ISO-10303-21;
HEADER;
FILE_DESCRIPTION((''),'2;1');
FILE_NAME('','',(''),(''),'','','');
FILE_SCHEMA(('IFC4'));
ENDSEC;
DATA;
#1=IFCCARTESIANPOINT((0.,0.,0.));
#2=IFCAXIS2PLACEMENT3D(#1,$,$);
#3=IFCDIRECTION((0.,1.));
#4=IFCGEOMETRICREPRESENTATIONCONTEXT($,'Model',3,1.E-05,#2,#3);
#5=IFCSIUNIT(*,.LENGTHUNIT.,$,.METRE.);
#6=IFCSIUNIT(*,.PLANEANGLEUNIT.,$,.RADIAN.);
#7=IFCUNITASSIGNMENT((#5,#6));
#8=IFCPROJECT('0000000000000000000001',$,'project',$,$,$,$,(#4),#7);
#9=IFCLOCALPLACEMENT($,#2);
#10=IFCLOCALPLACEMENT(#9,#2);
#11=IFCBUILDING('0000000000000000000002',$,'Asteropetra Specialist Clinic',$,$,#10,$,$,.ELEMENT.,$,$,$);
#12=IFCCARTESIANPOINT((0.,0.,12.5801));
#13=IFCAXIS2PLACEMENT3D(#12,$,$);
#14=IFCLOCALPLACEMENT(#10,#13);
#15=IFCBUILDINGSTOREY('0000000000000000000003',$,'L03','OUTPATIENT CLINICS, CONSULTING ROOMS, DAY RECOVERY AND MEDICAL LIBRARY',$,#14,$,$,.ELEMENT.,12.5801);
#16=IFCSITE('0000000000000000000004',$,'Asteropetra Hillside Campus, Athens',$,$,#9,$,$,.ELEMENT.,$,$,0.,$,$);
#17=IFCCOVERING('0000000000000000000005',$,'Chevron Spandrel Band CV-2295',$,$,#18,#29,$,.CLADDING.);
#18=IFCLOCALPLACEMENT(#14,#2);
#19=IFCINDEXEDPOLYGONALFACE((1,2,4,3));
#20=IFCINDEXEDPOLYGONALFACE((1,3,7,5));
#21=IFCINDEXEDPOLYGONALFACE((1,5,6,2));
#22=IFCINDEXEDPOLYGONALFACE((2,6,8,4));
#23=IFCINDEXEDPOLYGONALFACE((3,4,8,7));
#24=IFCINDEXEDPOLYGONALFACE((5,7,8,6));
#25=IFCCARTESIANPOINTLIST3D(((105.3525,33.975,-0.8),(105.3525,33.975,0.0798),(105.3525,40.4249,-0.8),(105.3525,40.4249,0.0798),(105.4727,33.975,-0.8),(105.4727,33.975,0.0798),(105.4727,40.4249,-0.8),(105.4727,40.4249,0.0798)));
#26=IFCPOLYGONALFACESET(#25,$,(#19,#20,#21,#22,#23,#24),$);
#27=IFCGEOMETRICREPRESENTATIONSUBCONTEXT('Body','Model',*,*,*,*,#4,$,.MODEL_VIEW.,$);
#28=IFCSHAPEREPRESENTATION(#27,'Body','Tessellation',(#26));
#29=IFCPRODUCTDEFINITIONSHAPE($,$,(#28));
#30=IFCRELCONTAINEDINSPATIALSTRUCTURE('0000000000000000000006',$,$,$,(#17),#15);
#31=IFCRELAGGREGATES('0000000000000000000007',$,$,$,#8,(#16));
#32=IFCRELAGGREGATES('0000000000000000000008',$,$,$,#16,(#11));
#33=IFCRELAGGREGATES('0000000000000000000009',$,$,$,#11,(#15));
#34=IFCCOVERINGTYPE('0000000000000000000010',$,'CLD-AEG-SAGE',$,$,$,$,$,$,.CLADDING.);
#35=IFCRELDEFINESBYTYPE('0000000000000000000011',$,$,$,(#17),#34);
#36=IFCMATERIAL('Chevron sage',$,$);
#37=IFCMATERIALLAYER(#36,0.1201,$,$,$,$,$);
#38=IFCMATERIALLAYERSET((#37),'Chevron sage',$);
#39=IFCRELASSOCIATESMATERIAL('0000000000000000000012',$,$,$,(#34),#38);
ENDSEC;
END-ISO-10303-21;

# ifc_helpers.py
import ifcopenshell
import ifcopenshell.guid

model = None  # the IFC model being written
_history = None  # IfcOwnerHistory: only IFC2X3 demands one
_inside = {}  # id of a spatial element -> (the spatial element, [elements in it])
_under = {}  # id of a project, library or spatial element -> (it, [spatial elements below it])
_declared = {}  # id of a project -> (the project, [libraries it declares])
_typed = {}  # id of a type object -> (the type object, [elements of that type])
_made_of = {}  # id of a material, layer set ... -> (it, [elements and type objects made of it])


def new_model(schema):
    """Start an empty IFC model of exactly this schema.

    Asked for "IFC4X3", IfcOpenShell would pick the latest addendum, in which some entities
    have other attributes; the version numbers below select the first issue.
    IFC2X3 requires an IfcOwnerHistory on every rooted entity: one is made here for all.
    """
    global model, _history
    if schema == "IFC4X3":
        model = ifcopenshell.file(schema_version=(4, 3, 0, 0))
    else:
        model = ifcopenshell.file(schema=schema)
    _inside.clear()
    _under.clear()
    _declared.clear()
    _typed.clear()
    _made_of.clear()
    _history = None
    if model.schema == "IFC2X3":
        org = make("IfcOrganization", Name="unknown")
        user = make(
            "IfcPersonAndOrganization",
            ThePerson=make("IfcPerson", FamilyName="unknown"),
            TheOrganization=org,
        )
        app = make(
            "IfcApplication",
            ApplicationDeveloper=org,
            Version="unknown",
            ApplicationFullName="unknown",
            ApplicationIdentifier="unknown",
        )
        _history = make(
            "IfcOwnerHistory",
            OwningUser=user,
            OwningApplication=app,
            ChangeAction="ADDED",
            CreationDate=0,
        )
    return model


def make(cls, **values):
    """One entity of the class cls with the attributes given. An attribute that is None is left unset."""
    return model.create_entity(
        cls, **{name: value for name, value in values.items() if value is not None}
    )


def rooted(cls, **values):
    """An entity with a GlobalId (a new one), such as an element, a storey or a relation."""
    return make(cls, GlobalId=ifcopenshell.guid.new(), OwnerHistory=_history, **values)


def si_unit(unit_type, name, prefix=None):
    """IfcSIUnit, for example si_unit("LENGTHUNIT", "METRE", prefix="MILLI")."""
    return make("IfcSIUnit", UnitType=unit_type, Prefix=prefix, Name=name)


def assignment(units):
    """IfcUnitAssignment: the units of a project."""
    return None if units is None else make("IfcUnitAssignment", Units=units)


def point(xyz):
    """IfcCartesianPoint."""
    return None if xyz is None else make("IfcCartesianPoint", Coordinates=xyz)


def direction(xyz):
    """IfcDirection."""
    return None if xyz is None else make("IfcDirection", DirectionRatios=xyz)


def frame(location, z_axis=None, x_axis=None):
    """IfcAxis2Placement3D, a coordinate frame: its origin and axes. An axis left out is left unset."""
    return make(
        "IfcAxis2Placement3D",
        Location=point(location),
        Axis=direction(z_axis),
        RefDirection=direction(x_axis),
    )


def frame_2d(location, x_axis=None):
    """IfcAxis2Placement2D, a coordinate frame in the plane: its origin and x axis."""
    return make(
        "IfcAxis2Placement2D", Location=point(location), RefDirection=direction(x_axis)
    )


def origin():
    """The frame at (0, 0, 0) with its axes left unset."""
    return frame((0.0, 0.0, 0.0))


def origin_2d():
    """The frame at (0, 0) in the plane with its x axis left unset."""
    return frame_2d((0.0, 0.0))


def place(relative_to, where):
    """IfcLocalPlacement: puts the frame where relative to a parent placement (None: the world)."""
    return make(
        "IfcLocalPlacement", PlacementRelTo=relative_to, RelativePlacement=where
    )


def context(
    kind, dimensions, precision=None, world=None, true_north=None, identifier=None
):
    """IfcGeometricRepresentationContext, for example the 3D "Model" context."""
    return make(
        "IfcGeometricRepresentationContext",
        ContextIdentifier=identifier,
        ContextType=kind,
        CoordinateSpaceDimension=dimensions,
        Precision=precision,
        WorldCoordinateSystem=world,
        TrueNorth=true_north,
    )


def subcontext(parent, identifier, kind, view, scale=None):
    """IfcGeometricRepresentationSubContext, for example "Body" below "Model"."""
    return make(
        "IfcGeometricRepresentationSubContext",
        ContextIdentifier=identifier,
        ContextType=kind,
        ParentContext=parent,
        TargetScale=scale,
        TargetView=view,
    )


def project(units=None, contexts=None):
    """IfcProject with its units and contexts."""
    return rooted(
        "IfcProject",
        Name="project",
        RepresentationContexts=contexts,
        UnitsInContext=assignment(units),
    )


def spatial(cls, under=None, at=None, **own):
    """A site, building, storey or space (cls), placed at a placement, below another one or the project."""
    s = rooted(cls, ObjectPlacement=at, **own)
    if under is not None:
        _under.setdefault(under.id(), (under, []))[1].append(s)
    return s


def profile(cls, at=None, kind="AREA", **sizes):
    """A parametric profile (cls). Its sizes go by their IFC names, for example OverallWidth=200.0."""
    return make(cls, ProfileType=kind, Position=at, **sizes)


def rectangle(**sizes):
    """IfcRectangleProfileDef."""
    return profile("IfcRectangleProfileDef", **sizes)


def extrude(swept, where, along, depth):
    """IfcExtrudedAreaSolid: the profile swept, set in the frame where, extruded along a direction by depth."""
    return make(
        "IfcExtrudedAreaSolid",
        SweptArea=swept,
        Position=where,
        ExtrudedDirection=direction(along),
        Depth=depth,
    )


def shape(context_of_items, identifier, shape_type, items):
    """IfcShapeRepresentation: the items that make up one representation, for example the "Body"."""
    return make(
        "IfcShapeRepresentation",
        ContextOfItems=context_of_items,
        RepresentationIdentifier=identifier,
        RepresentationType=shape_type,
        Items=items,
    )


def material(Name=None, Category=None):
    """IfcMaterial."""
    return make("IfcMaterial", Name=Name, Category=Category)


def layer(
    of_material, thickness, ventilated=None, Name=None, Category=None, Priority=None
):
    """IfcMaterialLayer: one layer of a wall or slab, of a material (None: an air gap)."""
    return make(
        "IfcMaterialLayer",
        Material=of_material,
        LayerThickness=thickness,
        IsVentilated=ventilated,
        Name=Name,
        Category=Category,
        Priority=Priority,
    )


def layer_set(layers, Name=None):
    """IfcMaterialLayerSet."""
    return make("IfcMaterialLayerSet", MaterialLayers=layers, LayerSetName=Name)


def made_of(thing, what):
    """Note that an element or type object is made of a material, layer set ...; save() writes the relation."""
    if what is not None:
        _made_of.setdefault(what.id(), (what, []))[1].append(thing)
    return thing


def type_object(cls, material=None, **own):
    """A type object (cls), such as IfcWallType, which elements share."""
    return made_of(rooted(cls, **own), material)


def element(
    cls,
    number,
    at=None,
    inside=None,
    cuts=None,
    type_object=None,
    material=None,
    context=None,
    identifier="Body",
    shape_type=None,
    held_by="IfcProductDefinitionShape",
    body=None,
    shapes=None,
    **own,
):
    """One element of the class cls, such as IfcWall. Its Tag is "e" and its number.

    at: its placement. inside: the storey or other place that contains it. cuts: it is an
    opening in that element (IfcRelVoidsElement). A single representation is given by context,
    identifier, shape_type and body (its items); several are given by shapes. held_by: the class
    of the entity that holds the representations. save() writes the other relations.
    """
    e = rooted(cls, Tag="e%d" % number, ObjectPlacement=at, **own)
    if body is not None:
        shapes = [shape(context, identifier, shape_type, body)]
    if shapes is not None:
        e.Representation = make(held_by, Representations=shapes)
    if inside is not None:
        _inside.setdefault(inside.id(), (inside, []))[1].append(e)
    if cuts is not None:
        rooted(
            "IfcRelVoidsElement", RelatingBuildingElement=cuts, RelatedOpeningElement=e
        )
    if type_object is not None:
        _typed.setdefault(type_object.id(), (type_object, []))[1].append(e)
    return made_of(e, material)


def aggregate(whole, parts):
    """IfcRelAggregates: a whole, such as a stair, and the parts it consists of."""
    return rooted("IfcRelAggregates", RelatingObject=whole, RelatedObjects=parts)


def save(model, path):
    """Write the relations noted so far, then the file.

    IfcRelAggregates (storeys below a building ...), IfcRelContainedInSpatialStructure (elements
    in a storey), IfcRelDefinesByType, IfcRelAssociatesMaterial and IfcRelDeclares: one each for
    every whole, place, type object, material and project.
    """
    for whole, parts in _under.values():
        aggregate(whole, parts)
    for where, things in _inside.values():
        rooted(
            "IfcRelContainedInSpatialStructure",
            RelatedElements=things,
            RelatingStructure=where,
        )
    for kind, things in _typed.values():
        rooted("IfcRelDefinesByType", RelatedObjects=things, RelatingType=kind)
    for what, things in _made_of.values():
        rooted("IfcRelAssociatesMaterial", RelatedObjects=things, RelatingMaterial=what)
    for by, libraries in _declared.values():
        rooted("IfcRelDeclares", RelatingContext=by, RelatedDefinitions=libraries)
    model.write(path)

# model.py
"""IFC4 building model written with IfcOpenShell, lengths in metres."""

from ifc_helpers import new_model, si_unit, direction, frame, origin, origin_2d, place, context, subcontext, project, spatial, rectangle, extrude, material, layer, layer_set, type_object, element, save


model = new_model("IFC4")

# Units and contexts
model_context = context("Model", 3, precision=1e-05, world=origin(), true_north=direction((0.0, 1.0)))
body_context = subcontext(model_context, "Body", "Model", "MODEL_VIEW")
ifc_project = project(units=[si_unit("LENGTHUNIT", "METRE"), si_unit("PLANEANGLEUNIT", "RADIAN")], contexts=[model_context])

# Site, building, storey
site_placement = place(None, origin())
site = spatial("IfcSite", under=ifc_project, at=site_placement, Name="Asteropetra Hillside Campus, Athens", CompositionType="ELEMENT", RefElevation=0.0)
building_placement = place(site_placement, origin())
building = spatial("IfcBuilding", under=site, at=building_placement, Name="Asteropetra Specialist Clinic", CompositionType="ELEMENT")
storey_placement = place(building_placement, frame((0.0, 0.0, 12.5801)))
storey = spatial("IfcBuildingStorey", under=building, at=storey_placement, Name="L03", Description="OUTPATIENT CLINICS, CONSULTING ROOMS, DAY RECOVERY AND MEDICAL LIBRARY", CompositionType="ELEMENT", Elevation=12.5801)

# Covering
ifc_material_1 = material(Name="Chevron sage")
ifc_layer_1 = layer(ifc_material_1, 0.1201)
ifc_layer_set_1 = layer_set([ifc_layer_1], Name="Chevron sage")
covering_type = type_object("IfcCoveringType", Name="CLD-AEG-SAGE", PredefinedType="CLADDING", material=ifc_layer_set_1)
covering_placement = place(storey_placement, frame((105.4126, 37.2, -0.8), z_axis=(0.0, 0.0, 1.0), x_axis=(1.0, 0.0, 0.0)))
element("IfcCovering", 1, at=covering_placement, inside=storey, type_object=covering_type, Name="Chevron Spandrel Band CV-2295", PredefinedType="CLADDING", context=body_context, shape_type="SweptSolid", body=[
    extrude(rectangle(XDim=0.1201, YDim=6.45, at=origin_2d()), origin(), (0.0, 0.0, 1.0), 0.8799),
])

save(model, "model.ifc")
